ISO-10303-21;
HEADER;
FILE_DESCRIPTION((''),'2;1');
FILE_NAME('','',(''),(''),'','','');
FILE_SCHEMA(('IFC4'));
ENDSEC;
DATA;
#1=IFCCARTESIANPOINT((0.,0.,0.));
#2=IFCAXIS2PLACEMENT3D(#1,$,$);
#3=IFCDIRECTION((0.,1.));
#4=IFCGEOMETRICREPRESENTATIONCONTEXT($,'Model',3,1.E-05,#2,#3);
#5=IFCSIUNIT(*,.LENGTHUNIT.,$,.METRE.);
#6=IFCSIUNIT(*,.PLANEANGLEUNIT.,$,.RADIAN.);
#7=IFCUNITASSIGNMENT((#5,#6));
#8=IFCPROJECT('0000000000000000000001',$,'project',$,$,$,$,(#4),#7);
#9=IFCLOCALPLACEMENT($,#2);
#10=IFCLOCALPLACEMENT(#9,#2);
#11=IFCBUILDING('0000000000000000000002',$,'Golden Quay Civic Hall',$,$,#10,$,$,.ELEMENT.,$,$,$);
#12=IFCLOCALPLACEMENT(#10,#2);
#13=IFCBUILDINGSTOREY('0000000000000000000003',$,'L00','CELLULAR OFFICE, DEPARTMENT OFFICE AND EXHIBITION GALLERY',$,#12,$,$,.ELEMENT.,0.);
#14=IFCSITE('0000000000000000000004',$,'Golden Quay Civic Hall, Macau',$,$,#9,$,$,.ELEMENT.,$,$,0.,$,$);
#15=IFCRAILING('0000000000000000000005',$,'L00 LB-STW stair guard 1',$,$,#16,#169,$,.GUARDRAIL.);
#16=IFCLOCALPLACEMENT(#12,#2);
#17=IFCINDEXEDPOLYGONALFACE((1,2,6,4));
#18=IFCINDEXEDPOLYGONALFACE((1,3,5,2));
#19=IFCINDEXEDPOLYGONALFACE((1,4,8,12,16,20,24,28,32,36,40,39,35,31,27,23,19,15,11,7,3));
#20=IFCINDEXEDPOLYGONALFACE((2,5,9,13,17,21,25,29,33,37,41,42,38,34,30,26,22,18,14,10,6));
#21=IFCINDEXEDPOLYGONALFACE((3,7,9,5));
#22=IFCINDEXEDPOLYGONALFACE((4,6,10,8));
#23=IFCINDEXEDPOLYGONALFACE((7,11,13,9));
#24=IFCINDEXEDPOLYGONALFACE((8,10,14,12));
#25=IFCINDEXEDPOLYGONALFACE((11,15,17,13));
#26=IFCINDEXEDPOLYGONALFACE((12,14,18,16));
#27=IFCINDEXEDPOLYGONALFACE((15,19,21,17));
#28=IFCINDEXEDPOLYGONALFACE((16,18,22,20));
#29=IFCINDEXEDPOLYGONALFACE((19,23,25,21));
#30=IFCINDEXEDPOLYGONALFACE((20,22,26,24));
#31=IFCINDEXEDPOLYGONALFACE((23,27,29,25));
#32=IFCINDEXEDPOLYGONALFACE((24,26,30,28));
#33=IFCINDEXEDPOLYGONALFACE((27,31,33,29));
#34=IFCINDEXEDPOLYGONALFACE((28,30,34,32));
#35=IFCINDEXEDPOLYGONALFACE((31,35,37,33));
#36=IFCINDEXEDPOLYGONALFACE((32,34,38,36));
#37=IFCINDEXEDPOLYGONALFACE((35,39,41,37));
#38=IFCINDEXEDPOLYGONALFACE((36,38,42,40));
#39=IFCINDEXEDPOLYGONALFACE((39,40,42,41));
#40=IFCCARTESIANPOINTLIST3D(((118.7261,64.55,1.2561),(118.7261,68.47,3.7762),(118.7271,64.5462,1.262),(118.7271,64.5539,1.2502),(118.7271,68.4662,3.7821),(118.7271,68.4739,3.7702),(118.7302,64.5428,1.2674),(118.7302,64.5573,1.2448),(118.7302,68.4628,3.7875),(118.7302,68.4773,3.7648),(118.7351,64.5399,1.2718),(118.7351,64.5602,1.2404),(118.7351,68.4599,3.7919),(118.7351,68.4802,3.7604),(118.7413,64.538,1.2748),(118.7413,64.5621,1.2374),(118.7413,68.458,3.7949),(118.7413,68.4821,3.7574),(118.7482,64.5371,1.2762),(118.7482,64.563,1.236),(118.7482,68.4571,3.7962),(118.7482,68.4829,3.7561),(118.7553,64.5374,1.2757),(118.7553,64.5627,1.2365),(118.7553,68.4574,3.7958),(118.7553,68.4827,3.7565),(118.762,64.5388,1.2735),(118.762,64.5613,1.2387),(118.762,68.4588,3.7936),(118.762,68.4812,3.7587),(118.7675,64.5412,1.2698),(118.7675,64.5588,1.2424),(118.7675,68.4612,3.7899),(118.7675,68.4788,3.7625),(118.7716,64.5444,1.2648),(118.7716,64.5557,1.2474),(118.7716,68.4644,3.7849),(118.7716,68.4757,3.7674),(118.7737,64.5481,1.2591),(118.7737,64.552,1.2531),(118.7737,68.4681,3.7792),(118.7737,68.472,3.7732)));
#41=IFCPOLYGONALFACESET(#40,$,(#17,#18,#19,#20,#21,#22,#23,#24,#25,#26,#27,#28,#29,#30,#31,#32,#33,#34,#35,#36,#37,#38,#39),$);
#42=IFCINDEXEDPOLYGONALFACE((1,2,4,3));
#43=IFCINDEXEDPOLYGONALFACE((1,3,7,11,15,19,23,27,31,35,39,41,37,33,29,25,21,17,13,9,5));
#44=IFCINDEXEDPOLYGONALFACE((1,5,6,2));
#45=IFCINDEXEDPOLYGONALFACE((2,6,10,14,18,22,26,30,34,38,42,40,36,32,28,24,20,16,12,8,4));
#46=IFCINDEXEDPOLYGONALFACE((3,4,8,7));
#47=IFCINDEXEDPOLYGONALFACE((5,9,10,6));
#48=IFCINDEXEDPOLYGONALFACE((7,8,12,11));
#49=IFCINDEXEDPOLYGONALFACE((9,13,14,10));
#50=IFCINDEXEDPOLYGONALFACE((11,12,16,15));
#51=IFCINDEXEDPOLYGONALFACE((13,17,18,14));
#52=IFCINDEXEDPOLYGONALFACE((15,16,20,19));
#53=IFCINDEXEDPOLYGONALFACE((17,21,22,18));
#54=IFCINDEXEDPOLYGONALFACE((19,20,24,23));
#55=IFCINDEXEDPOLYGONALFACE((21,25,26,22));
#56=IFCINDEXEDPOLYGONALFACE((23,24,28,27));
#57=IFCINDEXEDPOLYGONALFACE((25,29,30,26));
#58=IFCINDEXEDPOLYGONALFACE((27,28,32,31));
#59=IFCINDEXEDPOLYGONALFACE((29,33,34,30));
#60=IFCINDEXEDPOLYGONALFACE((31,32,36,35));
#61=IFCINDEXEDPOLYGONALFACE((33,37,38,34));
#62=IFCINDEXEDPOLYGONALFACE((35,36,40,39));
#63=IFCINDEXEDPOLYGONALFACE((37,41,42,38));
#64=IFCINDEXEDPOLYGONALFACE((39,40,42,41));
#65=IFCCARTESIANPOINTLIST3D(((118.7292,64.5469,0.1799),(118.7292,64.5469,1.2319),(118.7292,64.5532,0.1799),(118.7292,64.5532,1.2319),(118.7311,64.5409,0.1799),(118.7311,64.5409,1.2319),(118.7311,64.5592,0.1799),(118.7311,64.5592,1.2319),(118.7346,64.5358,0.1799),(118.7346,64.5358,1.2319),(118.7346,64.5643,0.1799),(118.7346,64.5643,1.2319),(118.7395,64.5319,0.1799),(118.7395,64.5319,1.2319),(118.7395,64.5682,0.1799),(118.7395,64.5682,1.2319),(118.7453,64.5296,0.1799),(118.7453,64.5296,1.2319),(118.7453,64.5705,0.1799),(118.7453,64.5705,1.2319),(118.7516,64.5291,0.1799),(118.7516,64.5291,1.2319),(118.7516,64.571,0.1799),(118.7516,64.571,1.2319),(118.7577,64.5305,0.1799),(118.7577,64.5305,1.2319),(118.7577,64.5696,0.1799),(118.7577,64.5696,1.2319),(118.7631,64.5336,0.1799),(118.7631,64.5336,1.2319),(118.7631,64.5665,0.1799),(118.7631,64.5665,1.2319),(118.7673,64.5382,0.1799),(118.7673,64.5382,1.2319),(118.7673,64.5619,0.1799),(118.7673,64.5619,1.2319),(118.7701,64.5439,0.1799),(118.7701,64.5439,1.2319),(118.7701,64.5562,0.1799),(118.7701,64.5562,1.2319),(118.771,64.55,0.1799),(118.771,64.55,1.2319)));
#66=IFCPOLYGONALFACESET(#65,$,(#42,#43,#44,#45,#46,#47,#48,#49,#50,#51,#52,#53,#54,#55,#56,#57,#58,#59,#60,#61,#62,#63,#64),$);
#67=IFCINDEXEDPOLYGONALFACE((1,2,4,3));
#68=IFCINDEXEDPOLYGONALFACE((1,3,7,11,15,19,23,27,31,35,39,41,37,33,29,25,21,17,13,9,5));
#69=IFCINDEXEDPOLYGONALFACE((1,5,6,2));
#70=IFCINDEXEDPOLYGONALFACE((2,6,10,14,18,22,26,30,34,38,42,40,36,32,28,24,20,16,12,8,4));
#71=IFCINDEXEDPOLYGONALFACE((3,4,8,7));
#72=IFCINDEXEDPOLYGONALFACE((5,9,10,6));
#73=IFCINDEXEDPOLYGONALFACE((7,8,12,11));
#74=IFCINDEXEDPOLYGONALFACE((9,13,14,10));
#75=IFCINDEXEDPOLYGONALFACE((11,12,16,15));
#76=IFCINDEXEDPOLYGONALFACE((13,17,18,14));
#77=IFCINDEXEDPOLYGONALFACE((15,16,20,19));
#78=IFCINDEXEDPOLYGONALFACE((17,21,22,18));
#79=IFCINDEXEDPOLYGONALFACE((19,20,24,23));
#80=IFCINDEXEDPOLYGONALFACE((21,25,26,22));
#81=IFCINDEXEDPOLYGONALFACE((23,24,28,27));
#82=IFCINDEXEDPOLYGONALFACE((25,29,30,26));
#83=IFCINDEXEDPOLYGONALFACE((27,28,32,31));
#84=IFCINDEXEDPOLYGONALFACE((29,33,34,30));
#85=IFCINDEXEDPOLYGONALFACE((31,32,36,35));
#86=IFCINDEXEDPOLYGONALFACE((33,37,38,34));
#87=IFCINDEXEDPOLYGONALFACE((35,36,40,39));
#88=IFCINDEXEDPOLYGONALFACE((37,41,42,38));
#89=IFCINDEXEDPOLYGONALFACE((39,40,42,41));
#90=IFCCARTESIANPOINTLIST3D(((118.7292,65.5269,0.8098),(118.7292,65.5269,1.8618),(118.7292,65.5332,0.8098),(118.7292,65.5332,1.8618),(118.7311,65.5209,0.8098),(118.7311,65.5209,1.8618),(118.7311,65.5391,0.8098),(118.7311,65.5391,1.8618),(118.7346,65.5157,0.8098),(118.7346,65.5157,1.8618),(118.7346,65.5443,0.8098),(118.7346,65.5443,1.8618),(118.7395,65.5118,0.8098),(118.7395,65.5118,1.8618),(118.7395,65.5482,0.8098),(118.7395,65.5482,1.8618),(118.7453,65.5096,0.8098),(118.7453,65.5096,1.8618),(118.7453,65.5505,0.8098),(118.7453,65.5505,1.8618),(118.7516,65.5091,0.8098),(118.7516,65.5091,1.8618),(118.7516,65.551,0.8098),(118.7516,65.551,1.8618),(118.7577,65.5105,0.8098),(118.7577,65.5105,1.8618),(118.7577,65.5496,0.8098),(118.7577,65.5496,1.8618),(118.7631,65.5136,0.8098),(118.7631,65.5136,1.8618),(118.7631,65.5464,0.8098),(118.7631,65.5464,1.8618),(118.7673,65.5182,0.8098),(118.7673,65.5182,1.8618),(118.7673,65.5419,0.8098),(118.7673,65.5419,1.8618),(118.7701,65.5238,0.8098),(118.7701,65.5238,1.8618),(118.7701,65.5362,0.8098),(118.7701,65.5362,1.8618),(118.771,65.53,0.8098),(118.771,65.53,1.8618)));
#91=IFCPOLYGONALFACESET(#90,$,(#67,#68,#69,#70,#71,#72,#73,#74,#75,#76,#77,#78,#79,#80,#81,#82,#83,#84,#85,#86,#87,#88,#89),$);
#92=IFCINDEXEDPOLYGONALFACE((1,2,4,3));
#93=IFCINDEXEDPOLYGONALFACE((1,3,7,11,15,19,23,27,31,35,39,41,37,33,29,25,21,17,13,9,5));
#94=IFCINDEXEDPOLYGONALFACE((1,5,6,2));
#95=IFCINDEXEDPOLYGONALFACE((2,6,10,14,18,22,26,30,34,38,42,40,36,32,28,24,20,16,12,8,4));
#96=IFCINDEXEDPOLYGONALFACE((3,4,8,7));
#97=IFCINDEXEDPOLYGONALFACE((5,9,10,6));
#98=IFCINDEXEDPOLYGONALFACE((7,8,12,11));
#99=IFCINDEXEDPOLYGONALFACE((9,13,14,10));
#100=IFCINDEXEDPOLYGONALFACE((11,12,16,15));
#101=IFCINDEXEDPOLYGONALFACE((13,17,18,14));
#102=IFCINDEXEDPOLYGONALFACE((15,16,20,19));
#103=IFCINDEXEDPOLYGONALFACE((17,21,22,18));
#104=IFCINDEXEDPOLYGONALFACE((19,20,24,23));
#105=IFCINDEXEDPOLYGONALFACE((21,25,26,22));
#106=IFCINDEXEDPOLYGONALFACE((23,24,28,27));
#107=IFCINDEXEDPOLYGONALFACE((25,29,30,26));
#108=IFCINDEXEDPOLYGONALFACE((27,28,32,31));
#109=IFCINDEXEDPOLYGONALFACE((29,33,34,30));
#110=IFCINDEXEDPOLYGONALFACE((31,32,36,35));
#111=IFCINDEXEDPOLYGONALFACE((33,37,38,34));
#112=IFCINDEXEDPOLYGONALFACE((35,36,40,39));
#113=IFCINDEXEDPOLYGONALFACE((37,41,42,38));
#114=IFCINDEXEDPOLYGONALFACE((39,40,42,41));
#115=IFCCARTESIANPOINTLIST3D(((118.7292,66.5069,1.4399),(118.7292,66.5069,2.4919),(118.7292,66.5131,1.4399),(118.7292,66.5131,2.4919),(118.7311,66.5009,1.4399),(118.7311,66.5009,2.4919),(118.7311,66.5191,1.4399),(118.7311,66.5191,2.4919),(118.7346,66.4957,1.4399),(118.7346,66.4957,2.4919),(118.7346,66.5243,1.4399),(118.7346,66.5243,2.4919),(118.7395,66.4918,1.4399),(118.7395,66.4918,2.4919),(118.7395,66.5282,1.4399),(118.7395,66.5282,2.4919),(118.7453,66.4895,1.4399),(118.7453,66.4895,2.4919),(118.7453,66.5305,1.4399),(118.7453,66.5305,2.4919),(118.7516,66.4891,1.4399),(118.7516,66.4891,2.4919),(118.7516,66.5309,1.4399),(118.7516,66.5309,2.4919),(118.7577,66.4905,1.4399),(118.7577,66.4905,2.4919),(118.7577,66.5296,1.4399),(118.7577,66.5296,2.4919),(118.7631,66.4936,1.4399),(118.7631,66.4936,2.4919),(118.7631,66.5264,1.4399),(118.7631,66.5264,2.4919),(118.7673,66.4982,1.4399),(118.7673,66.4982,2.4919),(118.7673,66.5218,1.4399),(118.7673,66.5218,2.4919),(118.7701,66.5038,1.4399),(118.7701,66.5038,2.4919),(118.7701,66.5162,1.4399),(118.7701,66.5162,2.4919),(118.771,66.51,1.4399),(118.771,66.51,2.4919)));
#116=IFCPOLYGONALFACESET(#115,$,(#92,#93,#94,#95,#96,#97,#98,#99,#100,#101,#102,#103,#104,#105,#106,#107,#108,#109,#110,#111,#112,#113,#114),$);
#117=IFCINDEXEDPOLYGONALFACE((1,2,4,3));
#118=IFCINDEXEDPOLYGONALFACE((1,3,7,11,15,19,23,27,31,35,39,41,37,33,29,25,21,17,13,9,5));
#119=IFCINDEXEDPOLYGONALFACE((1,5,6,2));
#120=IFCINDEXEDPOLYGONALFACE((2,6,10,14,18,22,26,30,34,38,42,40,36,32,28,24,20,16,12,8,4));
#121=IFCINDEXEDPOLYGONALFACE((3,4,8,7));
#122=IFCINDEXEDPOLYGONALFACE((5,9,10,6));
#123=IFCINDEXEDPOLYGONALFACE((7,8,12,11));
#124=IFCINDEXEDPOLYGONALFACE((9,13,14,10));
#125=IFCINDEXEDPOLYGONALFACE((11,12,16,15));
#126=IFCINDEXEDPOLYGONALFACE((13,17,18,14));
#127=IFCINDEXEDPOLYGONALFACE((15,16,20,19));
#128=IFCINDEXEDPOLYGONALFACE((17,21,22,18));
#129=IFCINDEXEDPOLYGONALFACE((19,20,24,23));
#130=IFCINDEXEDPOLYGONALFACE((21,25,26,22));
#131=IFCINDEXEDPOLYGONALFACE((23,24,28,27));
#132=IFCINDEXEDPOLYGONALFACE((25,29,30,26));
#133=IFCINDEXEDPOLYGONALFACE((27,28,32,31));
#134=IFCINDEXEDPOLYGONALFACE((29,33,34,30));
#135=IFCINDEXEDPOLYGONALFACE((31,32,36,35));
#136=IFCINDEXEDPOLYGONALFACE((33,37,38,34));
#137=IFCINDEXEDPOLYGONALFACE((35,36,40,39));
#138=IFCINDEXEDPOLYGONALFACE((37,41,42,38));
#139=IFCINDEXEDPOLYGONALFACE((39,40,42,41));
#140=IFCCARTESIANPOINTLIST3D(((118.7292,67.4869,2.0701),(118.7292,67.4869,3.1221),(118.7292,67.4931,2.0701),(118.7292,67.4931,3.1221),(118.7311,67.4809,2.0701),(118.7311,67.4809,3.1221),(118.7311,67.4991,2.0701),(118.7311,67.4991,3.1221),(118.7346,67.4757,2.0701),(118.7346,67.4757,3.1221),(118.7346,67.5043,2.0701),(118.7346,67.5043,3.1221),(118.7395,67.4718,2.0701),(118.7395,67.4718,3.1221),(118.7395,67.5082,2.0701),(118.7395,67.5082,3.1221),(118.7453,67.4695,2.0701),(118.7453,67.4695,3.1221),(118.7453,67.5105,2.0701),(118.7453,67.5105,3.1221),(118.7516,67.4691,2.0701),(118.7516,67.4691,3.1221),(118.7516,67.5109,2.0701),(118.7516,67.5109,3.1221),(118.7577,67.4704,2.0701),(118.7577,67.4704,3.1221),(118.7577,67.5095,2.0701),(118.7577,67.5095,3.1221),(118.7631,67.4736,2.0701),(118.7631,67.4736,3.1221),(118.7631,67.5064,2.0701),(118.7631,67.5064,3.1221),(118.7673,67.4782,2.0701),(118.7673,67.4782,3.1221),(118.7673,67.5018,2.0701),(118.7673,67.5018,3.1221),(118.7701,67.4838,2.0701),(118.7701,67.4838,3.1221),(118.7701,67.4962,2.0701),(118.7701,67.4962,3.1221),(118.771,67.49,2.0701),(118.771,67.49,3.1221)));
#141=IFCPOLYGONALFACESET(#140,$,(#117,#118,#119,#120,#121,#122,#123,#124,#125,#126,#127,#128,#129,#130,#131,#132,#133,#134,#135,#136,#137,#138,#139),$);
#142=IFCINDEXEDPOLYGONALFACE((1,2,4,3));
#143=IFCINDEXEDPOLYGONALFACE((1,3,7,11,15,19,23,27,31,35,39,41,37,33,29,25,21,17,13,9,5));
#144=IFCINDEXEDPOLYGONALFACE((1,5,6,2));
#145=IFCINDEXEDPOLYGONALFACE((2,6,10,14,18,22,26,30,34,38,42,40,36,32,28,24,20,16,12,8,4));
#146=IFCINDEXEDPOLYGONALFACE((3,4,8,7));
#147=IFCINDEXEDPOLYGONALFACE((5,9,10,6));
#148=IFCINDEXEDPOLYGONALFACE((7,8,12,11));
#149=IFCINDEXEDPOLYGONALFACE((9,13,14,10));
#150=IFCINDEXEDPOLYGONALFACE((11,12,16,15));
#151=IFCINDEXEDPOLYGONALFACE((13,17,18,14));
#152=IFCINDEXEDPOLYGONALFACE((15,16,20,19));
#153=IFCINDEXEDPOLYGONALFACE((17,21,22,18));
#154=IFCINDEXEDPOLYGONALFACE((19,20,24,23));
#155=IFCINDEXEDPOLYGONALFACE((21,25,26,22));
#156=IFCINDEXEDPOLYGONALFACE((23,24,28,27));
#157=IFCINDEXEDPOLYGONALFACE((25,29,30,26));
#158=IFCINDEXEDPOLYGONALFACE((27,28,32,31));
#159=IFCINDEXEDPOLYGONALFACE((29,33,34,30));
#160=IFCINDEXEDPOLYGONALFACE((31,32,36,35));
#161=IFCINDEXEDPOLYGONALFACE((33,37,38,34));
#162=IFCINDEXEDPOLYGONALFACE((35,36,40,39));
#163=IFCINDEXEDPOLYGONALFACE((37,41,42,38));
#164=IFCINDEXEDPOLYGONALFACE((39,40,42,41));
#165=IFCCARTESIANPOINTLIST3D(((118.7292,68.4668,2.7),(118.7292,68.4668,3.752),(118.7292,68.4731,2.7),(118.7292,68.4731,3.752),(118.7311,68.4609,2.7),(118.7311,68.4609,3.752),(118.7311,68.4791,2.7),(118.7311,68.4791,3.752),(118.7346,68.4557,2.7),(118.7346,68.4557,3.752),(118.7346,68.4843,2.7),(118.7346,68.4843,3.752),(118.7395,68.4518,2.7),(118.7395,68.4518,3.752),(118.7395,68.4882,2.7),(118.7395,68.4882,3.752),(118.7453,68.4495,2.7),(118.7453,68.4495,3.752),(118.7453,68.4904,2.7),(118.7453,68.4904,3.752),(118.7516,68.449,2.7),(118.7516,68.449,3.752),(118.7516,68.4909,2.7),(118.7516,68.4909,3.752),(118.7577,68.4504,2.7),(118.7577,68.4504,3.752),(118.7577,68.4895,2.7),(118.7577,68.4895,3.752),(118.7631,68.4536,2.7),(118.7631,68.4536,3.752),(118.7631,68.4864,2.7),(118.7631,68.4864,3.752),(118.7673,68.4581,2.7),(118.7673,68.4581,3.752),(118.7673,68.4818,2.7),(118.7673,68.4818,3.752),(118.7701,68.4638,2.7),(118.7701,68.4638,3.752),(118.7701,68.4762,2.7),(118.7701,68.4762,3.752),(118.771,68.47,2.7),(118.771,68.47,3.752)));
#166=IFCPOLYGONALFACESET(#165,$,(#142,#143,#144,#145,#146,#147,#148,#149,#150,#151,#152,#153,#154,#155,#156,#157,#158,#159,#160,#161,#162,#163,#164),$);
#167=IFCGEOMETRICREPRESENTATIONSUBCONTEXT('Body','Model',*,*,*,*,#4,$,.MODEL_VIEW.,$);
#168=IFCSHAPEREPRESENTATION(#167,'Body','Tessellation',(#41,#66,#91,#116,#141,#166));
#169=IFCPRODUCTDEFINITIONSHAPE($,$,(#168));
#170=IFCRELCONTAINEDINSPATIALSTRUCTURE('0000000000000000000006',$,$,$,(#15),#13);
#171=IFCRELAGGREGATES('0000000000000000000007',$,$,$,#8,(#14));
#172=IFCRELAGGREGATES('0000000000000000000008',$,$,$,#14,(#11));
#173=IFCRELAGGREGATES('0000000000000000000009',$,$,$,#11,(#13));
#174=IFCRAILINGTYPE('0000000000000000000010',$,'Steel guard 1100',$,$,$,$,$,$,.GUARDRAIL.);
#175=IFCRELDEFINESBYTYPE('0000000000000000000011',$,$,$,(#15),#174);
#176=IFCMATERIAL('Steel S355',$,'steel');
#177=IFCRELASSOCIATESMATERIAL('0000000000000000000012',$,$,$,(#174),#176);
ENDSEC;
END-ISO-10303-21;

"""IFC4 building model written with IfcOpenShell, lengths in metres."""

from ifc_helpers import new_model, si_unit, direction, frame, origin, origin_2d, place, context, subcontext, project, spatial, circle, extrude, material, type_object, element, save


model = new_model("IFC4")

# Units and contexts
model_context = context("Model", 3, precision=1e-05, world=origin(), true_north=direction((0.0, 1.0)))
body_context = subcontext(model_context, "Body", "Model", "MODEL_VIEW")
ifc_project = project(units=[si_unit("LENGTHUNIT", "METRE"), si_unit("PLANEANGLEUNIT", "RADIAN")], contexts=[model_context])

# Site, building, storey
site_placement = place(None, origin())
site = spatial("IfcSite", under=ifc_project, at=site_placement, Name="Golden Quay Civic Hall, Macau", CompositionType="ELEMENT", RefElevation=0.0)
building_placement = place(site_placement, origin())
building = spatial("IfcBuilding", under=site, at=building_placement, Name="Golden Quay Civic Hall", CompositionType="ELEMENT")
storey_placement = place(building_placement, origin())
storey = spatial("IfcBuildingStorey", under=building, at=storey_placement, Name="L00", Description="CELLULAR OFFICE, DEPARTMENT OFFICE AND EXHIBITION GALLERY", CompositionType="ELEMENT", Elevation=0.0)

# Railing
ifc_material_1 = material(Name="Steel S355", Category="steel")
railing_type_1 = type_object("IfcRailingType", Name="Steel guard 1100", PredefinedType="GUARDRAIL", material=ifc_material_1)
railing_1_placement = place(storey_placement, frame((118.75, 64.55, 0.1799)))
element("IfcRailing", 1, at=railing_1_placement, inside=storey, type_object=railing_type_1, Name="L00 LB-STW stair guard 1", PredefinedType="GUARDRAIL", context=body_context, shape_type="SweptSolid", body=[
    extrude(circle(Radius=0.0239, at=origin_2d()), frame((0.0, 0.0, 1.0762), z_axis=(0.0, 0.841172, 0.540768), x_axis=(-1.0, 0.0, 0.0)), (0.0, 0.0, 1.0), 4.6602),
    extrude(circle(Radius=0.021, at=origin_2d()), origin(), (0.0, 0.0, 1.0), 1.052),
    extrude(circle(Radius=0.021, at=origin_2d()), frame((0.0, 0.98, 0.6299)), (0.0, 0.0, 1.0), 1.052),
    extrude(circle(Radius=0.021, at=origin_2d()), frame((0.0, 1.96, 1.26)), (0.0, 0.0, 1.0), 1.052),
    extrude(circle(Radius=0.021, at=origin_2d()), frame((0.0, 2.9399, 1.8901)), (0.0, 0.0, 1.0), 1.052),
    extrude(circle(Radius=0.021, at=origin_2d()), frame((0.0, 3.9199, 2.52)), (0.0, 0.0, 1.0), 1.052),
])

save(model, "model.ifc")
